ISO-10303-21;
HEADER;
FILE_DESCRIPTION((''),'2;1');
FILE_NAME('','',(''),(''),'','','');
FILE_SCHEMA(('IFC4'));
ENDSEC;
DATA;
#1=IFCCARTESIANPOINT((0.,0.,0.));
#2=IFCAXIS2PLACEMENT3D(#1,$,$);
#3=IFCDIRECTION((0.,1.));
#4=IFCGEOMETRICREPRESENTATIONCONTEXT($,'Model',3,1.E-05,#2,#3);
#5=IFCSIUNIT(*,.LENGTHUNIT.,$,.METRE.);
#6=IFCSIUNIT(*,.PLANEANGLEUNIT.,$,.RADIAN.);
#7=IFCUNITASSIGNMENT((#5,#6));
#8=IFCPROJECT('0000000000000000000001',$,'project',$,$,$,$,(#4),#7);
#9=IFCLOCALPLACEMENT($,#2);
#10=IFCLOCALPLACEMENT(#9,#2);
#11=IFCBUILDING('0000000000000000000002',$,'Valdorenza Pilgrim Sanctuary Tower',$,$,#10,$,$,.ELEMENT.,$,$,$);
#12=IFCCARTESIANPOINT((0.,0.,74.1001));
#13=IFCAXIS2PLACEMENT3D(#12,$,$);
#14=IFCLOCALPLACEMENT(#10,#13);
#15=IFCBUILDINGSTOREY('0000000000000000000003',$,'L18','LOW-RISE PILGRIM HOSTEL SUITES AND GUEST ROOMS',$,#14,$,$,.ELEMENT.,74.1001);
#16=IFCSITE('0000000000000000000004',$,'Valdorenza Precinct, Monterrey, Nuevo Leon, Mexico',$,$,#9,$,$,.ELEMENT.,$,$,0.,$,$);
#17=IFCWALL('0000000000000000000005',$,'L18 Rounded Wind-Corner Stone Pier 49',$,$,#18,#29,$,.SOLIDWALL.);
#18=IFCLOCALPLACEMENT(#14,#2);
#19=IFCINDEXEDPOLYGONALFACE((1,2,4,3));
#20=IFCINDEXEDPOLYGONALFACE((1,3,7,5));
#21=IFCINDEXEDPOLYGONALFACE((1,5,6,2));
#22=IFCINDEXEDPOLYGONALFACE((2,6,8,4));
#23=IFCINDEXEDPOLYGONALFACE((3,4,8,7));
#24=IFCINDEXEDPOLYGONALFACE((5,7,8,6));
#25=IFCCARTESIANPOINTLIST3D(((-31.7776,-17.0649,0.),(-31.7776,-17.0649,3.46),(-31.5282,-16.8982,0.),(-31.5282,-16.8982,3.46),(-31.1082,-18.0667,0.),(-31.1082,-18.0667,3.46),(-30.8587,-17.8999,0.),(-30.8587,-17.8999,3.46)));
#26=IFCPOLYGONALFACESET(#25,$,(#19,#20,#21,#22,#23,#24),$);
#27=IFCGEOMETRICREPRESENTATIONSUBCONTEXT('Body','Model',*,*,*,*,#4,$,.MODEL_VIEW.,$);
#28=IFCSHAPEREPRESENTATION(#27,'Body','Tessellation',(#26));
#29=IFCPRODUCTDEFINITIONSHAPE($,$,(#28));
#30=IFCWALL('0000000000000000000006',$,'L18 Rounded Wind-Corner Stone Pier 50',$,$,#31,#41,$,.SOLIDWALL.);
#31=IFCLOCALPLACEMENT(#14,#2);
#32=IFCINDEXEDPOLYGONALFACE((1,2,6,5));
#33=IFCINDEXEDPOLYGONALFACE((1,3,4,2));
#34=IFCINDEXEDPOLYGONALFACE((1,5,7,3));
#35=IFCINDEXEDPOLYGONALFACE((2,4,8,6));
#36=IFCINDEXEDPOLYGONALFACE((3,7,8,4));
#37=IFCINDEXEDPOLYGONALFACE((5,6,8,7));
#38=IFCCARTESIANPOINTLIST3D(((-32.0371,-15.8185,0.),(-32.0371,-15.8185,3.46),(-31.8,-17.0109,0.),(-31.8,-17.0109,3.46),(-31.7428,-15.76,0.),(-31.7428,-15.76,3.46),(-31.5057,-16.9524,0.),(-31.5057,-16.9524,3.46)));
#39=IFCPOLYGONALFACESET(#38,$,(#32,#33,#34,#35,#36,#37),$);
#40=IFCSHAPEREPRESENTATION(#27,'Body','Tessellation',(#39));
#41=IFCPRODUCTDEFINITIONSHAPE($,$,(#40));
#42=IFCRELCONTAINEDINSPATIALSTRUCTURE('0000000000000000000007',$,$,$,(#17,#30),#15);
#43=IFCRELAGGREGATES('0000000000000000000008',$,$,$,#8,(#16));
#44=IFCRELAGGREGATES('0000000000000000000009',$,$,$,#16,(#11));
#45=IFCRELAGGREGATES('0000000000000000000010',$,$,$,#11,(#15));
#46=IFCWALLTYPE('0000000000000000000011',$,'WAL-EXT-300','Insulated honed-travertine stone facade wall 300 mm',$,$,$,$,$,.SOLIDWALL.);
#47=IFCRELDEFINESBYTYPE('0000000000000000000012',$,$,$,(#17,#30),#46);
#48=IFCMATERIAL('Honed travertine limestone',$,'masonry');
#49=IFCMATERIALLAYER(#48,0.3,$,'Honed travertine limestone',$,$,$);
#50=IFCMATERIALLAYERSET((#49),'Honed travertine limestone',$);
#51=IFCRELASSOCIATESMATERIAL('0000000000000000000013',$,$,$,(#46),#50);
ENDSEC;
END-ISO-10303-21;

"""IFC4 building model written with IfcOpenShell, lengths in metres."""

from ifc_helpers import new_model, si_unit, direction, frame, frame_2d, origin, place, context, subcontext, project, spatial, rectangle, extrude, material, layer, layer_set, type_object, element, save


model = new_model("IFC4")

# Units and contexts
model_context = context("Model", 3, precision=1e-05, world=origin(), true_north=direction((0.0, 1.0)))
body_context = subcontext(model_context, "Body", "Model", "MODEL_VIEW")
ifc_project = project(units=[si_unit("LENGTHUNIT", "METRE"), si_unit("PLANEANGLEUNIT", "RADIAN")], contexts=[model_context])

# Site, building, storey
site_placement = place(None, origin())
site = spatial("IfcSite", under=ifc_project, at=site_placement, Name="Valdorenza Precinct, Monterrey, Nuevo Leon, Mexico", CompositionType="ELEMENT", RefElevation=0.0)
building_placement = place(site_placement, origin())
building = spatial("IfcBuilding", under=site, at=building_placement, Name="Valdorenza Pilgrim Sanctuary Tower", CompositionType="ELEMENT")
storey_placement = place(building_placement, frame((0.0, 0.0, 74.1001)))
storey = spatial("IfcBuildingStorey", under=building, at=storey_placement, Name="L18", Description="LOW-RISE PILGRIM HOSTEL SUITES AND GUEST ROOMS", CompositionType="ELEMENT", Elevation=74.1001)

# Shared definitions
ifc_material_1 = material(Name="Honed travertine limestone", Category="masonry")

# Walls
ifc_layer_1 = layer(ifc_material_1, 0.3, Name="Honed travertine limestone")
ifc_layer_set_1 = layer_set([ifc_layer_1], Name="Honed travertine limestone")
wall_type_1 = type_object("IfcWallType", Name="WAL-EXT-300", Description="Insulated honed-travertine stone facade wall 300 mm", PredefinedType="SOLIDWALL", material=ifc_layer_set_1)
for number, where, z_axis, x_axis, name in (
    (1, (-30.9834, -17.9834, 0.0), (0.0, 0.0, 1.0), (-0.555635, 0.831426, 0.0), "L18 Rounded Wind-Corner Stone Pier 49"),
):
    element("IfcWall", number, at=place(storey_placement, frame(where, z_axis=z_axis, x_axis=x_axis)), inside=storey, type_object=wall_type_1, Name=name, PredefinedType="SOLIDWALL", context=body_context, shape_type="SweptSolid", body=[
        extrude(rectangle(XDim=1.2048, YDim=0.3, at=frame_2d((0.6025, 0.0))), origin(), (0.0, 0.0, 1.0), 3.46),
    ])
wall_1_placement = place(storey_placement, frame((-31.6528, -16.9817, 0.0), z_axis=(0.0, 0.0, 1.0), x_axis=(-0.194996, 0.980804, 0.0)))
element("IfcWall", 2, at=wall_1_placement, inside=storey, type_object=wall_type_1, Name="L18 Rounded Wind-Corner Stone Pier 50", PredefinedType="SOLIDWALL", context=body_context, shape_type="SweptSolid", body=[
    extrude(rectangle(XDim=1.2158, YDim=0.3, at=frame_2d((0.6079, 0.0))), origin(), (0.0, 0.0, 1.0), 3.46),
])

save(model, "model.ifc")
